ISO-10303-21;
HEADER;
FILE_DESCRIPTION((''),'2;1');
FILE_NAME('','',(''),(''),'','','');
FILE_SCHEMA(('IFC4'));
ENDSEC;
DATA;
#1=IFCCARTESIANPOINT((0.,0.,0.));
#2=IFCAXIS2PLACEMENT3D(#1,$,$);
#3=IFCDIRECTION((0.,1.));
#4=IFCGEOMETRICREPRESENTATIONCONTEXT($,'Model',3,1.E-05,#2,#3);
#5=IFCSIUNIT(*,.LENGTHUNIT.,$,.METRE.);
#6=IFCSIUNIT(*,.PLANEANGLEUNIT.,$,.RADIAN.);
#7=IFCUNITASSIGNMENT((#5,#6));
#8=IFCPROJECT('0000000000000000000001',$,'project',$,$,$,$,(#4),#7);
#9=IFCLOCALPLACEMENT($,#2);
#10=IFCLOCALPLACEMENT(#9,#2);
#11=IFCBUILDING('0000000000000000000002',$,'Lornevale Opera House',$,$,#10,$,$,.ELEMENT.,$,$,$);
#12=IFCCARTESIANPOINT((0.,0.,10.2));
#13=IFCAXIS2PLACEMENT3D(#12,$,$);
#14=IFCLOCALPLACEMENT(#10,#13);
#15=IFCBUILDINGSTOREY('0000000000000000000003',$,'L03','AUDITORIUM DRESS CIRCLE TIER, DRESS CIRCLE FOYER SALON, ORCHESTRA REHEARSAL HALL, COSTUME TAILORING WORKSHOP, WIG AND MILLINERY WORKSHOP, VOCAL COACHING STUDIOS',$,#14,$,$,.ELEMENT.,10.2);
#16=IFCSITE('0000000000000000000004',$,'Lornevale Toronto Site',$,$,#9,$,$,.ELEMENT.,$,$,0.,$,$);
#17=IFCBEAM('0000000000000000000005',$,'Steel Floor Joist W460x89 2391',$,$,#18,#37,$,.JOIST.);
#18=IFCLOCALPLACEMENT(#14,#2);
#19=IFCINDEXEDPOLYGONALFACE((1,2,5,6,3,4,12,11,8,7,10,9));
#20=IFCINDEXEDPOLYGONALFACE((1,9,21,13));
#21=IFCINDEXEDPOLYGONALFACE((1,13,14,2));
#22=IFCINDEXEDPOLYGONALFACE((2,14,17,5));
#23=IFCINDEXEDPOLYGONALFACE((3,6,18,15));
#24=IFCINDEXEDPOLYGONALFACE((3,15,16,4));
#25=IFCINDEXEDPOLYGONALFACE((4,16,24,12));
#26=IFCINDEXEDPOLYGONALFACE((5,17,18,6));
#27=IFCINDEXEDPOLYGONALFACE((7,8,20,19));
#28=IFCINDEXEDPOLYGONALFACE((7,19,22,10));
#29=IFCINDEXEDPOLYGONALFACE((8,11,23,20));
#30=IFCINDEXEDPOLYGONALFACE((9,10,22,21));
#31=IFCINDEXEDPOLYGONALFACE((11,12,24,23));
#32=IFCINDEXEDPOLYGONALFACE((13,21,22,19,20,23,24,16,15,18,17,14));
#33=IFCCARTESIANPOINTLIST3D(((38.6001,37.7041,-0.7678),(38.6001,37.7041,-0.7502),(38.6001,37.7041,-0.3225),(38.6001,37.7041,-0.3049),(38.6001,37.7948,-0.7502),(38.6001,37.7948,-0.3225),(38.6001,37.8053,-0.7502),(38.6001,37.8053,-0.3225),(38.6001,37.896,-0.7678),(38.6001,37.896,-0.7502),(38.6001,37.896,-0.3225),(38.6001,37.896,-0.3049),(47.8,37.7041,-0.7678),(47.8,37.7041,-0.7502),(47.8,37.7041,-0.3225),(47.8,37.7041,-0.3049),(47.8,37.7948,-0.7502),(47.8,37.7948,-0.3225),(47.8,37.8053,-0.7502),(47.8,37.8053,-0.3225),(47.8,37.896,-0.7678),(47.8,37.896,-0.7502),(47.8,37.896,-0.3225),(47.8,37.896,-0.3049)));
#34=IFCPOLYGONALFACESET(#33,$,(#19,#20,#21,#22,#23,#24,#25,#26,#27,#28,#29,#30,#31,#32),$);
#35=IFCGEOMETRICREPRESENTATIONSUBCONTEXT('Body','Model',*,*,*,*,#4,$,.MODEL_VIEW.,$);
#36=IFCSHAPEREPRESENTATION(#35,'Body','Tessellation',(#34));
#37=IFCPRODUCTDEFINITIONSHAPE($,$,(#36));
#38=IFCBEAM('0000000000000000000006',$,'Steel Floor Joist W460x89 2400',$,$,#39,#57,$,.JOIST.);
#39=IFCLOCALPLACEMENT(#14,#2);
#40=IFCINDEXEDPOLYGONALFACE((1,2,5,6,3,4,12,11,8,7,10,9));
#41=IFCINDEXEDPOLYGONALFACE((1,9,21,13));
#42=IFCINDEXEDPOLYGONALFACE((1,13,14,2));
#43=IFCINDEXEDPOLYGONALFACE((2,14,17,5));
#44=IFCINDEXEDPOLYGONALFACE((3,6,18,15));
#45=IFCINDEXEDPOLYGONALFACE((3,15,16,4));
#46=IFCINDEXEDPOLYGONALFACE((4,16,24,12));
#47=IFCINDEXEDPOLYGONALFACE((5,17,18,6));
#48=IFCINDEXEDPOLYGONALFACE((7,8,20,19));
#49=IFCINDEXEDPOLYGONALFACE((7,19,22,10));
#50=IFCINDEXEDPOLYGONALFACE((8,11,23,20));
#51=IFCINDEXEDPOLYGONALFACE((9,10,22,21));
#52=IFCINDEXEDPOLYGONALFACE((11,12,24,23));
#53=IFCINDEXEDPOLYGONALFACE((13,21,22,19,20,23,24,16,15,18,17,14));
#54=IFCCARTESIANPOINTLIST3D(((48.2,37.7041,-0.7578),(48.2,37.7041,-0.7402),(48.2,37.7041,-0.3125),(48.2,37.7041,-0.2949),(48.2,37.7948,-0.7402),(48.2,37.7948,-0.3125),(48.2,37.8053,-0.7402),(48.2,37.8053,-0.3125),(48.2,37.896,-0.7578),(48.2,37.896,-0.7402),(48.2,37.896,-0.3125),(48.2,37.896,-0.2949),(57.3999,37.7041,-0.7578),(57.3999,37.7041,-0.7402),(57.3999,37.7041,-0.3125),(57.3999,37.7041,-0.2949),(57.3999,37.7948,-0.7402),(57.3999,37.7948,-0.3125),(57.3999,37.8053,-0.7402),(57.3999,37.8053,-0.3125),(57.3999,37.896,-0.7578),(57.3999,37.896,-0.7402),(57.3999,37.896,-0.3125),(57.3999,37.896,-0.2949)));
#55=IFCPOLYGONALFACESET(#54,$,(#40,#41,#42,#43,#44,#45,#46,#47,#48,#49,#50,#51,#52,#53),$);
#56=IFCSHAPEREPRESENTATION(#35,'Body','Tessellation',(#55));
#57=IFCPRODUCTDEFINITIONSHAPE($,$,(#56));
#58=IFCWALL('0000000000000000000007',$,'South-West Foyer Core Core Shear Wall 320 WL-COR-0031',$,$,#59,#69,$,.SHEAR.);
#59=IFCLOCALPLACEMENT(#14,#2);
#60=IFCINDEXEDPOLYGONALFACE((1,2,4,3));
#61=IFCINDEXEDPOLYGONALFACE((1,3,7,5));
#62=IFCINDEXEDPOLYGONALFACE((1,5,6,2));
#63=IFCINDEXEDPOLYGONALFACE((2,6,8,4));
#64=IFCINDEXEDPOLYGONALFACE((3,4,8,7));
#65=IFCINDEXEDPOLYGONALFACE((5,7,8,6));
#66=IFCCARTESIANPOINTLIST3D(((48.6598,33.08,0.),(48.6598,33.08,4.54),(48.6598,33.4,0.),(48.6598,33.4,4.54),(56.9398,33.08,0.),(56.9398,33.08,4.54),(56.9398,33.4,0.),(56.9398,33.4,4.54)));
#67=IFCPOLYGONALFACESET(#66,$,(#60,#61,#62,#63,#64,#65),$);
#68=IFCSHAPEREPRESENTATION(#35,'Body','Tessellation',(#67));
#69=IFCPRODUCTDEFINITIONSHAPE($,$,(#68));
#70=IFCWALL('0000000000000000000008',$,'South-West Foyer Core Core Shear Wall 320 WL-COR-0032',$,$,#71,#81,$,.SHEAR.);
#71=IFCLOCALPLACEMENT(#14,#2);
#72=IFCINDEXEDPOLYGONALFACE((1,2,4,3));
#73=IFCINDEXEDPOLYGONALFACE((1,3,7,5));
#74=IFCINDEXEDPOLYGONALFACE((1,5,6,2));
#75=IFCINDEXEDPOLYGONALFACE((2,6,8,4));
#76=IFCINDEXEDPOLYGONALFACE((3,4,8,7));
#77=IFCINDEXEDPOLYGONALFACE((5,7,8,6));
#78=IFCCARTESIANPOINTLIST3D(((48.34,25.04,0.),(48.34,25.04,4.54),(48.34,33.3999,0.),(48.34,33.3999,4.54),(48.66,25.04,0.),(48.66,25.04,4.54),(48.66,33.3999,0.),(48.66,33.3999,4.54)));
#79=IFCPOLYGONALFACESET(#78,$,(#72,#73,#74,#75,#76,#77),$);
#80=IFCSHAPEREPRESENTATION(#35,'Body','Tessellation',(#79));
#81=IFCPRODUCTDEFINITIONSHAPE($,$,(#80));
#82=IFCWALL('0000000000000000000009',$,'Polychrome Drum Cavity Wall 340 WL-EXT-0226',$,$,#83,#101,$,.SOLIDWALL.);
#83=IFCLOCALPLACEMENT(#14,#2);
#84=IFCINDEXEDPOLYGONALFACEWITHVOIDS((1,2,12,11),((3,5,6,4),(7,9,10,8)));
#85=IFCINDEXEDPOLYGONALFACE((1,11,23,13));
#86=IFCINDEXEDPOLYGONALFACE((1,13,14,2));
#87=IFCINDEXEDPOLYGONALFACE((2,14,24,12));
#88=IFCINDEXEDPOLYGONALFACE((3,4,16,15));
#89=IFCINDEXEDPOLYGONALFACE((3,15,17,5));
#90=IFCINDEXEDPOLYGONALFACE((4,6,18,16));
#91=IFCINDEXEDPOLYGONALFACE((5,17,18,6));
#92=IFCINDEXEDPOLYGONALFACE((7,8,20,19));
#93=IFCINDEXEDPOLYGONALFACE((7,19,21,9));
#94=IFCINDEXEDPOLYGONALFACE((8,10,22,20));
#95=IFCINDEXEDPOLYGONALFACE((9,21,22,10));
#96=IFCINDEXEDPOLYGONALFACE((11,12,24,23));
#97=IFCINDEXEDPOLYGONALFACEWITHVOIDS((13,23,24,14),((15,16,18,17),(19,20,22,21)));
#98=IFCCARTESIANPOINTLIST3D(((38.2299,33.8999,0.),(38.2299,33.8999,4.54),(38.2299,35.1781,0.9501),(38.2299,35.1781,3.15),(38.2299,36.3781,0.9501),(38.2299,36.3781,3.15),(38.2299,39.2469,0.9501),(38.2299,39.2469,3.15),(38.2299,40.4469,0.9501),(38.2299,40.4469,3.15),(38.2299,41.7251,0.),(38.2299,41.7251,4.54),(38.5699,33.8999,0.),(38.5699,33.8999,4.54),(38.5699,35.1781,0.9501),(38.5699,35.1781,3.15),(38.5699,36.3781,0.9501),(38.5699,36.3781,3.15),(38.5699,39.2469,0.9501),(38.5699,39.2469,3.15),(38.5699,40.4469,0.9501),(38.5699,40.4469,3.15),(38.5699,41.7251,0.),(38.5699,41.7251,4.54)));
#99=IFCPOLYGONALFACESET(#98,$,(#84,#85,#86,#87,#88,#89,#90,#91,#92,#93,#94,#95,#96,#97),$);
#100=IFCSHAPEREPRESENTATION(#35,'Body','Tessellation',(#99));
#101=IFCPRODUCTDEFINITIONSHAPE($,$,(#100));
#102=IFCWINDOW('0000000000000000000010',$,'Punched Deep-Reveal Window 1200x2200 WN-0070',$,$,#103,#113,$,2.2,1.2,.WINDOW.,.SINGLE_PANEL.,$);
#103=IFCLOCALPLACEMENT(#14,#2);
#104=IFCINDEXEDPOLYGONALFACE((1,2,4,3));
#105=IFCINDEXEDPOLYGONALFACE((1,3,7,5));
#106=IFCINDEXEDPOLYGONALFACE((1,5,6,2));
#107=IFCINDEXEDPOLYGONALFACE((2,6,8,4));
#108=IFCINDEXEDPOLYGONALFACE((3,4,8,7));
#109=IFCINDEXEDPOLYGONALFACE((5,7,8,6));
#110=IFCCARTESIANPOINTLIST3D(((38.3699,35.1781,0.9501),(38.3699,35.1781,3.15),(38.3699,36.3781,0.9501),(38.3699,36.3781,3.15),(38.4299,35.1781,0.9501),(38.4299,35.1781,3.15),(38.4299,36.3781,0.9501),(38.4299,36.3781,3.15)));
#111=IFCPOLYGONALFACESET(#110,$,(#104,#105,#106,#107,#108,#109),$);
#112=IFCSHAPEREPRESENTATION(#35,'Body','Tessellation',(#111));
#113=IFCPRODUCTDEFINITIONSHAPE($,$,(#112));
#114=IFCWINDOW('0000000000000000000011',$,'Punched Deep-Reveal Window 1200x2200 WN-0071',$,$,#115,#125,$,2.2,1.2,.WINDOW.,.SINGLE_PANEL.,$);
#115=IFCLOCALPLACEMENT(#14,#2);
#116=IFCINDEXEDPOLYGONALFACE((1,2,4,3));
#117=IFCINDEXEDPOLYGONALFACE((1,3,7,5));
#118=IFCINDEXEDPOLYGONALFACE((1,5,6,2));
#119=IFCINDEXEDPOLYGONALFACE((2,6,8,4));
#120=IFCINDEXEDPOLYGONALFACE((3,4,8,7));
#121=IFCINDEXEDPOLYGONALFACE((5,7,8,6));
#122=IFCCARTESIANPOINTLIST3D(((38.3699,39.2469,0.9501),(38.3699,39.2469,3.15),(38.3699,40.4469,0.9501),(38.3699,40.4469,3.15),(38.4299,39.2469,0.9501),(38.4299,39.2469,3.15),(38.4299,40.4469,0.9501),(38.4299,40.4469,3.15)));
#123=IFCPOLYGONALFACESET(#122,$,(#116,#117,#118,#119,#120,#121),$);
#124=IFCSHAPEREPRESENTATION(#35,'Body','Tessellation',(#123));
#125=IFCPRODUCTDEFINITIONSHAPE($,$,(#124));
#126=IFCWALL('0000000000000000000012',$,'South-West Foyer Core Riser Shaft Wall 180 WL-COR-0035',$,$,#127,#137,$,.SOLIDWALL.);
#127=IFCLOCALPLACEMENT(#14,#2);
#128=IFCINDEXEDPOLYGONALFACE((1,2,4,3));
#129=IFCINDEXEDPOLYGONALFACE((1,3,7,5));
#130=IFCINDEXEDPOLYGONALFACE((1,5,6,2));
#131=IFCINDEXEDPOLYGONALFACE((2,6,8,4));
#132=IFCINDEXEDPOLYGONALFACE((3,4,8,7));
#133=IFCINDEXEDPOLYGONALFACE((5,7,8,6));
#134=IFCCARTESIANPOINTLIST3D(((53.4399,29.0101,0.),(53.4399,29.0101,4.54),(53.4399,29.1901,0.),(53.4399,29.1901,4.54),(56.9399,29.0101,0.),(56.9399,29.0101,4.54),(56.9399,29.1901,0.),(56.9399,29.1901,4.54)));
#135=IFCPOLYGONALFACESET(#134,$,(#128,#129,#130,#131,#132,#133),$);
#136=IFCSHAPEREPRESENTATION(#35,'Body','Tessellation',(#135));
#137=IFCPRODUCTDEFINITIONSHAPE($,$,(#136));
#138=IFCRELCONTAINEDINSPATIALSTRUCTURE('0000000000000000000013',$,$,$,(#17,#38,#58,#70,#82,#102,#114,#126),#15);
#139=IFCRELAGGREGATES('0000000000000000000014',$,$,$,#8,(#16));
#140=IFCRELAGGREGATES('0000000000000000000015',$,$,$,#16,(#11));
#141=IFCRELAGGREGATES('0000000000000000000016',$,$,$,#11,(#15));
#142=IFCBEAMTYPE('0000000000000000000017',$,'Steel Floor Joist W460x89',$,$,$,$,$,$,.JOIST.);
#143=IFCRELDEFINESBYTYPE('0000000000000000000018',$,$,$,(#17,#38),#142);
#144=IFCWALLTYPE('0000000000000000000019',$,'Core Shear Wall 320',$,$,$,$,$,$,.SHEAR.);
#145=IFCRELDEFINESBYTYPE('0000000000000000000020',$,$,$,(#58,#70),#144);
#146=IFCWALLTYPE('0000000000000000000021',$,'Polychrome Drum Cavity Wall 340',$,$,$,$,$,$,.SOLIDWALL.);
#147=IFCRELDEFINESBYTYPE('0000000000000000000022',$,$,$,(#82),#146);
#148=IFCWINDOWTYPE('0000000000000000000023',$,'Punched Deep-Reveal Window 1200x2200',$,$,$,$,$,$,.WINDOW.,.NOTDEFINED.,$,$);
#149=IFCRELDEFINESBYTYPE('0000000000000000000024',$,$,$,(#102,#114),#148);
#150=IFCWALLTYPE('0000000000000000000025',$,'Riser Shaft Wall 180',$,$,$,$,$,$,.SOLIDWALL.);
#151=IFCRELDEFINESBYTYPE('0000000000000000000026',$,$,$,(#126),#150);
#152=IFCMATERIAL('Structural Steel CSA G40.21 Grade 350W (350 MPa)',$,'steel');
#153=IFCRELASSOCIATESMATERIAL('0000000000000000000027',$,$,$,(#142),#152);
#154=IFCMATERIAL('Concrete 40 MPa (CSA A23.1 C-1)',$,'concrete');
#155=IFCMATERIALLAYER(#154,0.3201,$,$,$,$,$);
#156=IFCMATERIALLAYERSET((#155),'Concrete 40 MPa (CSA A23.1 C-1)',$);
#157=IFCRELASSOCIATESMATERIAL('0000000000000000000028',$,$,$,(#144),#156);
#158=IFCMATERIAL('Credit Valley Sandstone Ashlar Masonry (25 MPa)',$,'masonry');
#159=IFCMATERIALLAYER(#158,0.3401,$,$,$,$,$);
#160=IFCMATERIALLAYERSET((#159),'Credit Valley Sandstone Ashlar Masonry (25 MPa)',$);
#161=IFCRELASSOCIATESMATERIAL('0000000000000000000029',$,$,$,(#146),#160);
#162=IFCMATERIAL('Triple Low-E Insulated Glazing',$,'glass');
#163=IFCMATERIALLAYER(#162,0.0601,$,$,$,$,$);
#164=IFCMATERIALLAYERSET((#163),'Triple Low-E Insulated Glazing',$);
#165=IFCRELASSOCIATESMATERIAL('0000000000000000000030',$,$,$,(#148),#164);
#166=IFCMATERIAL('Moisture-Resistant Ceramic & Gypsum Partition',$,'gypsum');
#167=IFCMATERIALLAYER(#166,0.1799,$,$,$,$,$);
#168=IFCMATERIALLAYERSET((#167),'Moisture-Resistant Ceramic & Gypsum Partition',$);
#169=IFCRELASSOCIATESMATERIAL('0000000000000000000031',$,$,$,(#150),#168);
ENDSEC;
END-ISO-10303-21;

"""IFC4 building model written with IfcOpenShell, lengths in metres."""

from ifc_helpers import new_model, si_unit, direction, frame, frame_2d, origin, origin_2d, place, context, subcontext, project, spatial, rectangle, i_section, extrude, material, layer, layer_set, material_profile, profile_set, type_object, element, fill, save


model = new_model("IFC4")

# Units and contexts
model_context = context("Model", 3, precision=1e-05, world=origin(), true_north=direction((0.0, 1.0)))
body_context = subcontext(model_context, "Body", "Model", "MODEL_VIEW")
ifc_project = project(units=[si_unit("LENGTHUNIT", "METRE"), si_unit("PLANEANGLEUNIT", "RADIAN")], contexts=[model_context])

# Site, building, storey
site_placement = place(None, origin())
site = spatial("IfcSite", under=ifc_project, at=site_placement, Name="Lornevale Toronto Site", CompositionType="ELEMENT", RefElevation=0.0)
building_placement = place(site_placement, origin())
building = spatial("IfcBuilding", under=site, at=building_placement, Name="Lornevale Opera House", CompositionType="ELEMENT")
storey_placement = place(building_placement, frame((0.0, 0.0, 10.2)))
storey = spatial("IfcBuildingStorey", under=building, at=storey_placement, Name="L03", Description="AUDITORIUM DRESS CIRCLE TIER, DRESS CIRCLE FOYER SALON, ORCHESTRA REHEARSAL HALL, COSTUME TAILORING WORKSHOP, WIG AND MILLINERY WORKSHOP, VOCAL COACHING STUDIOS", CompositionType="ELEMENT", Elevation=10.2)

# Beams
ifc_material_1 = material(Name="Structural Steel CSA G40.21 Grade 350W (350 MPa)", Category="steel")
ifc_material_profile_1 = material_profile(ifc_material_1, i_section(OverallWidth=0.1919, OverallDepth=0.4629, WebThickness=0.0105, FlangeThickness=0.0176, at=origin_2d()), Name="W460x89")
ifc_profile_set_1 = profile_set([ifc_material_profile_1], Name="Structural Steel CSA G40.21 Grade 350W (350 MPa)")
beam_type_1 = type_object("IfcBeamType", Name="Steel Floor Joist W460x89", PredefinedType="JOIST", material=ifc_profile_set_1)
for number, where, z_axis, x_axis, name in (
    (1, (38.6001, 37.8, -0.5364), (1.0, 0.0, 0.0), (0.0, 1.0, 0.0), "Steel Floor Joist W460x89 2391"),
    (2, (48.2, 37.8, -0.5264), (1.0, 0.0, 0.0), (0.0, 1.0, 0.0), "Steel Floor Joist W460x89 2400"),
):
    element("IfcBeam", number, at=place(storey_placement, frame(where, z_axis=z_axis, x_axis=x_axis)), inside=storey, type_object=beam_type_1, Name=name, PredefinedType="JOIST", context=body_context, shape_type="SweptSolid", body=[
        extrude(i_section(OverallWidth=0.1919, OverallDepth=0.4629, WebThickness=0.0105, FlangeThickness=0.0176, at=origin_2d()), origin(), (0.0, 0.0, 1.0), 9.2),
    ])

# Walls
ifc_material_2 = material(Name="Concrete 40 MPa (CSA A23.1 C-1)", Category="concrete")
ifc_layer_1 = layer(ifc_material_2, 0.3201)
ifc_layer_set_1 = layer_set([ifc_layer_1], Name="Concrete 40 MPa (CSA A23.1 C-1)")
wall_type_1 = type_object("IfcWallType", Name="Core Shear Wall 320", PredefinedType="SHEAR", material=ifc_layer_set_1)
wall_1_placement = place(storey_placement, frame((56.9399, 33.24, 0.0), z_axis=(0.0, 0.0, 1.0), x_axis=(-1.0, 0.0, 0.0)))
element("IfcWall", 3, at=wall_1_placement, inside=storey, type_object=wall_type_1, Name="South-West Foyer Core Core Shear Wall 320 WL-COR-0031", PredefinedType="SHEAR", context=body_context, shape_type="SweptSolid", body=[
    extrude(rectangle(XDim=8.28, YDim=0.3201, at=frame_2d((4.1401, 0.0))), origin(), (0.0, 0.0, 1.0), 4.54),
])
wall_2_placement = place(storey_placement, frame((48.5, 33.3999, 0.0), z_axis=(0.0, 0.0, 1.0), x_axis=(0.0, -1.0, 0.0)))
element("IfcWall", 4, at=wall_2_placement, inside=storey, type_object=wall_type_1, Name="South-West Foyer Core Core Shear Wall 320 WL-COR-0032", PredefinedType="SHEAR", context=body_context, shape_type="SweptSolid", body=[
    extrude(rectangle(XDim=8.3599, YDim=0.3201, at=frame_2d((4.1799, 0.0))), origin(), (0.0, 0.0, 1.0), 4.54),
])

# Wall, openings, windows
ifc_material_3 = material(Name="Credit Valley Sandstone Ashlar Masonry (25 MPa)", Category="masonry")
ifc_layer_2 = layer(ifc_material_3, 0.3401)
ifc_layer_set_2 = layer_set([ifc_layer_2], Name="Credit Valley Sandstone Ashlar Masonry (25 MPa)")
wall_type_2 = type_object("IfcWallType", Name="Polychrome Drum Cavity Wall 340", PredefinedType="SOLIDWALL", material=ifc_layer_set_2)
wall_3_placement = place(storey_placement, frame((38.3999, 33.8999, 0.0), z_axis=(0.0, 0.0, 1.0), x_axis=(0.0, 1.0, 0.0)))
wall_3 = element("IfcWall", 5, at=wall_3_placement, inside=storey, type_object=wall_type_2, Name="Polychrome Drum Cavity Wall 340 WL-EXT-0226", PredefinedType="SOLIDWALL", context=body_context, shape_type="SweptSolid", body=[
    extrude(rectangle(XDim=7.8252, YDim=0.3401, at=frame_2d((3.9126, 0.0))), origin(), (0.0, 0.0, 1.0), 4.54),
])
opening_1_placement = place(wall_3_placement, frame((1.2781, 0.0, 0.95)))
opening_1 = element("IfcOpeningElement", 6, at=opening_1_placement, cuts=wall_3, PredefinedType="OPENING", context=body_context, shape_type="SweptSolid", body=[
    extrude(rectangle(XDim=1.2, YDim=2.2, at=frame_2d((0.6001, 1.1001))), frame((0.0, 0.1799, 0.0), z_axis=(0.0, -1.0, 0.0), x_axis=(1.0, 0.0, 0.0)), (0.0, 0.0, 1.0), 0.3601),
])
opening_2_placement = place(wall_3_placement, frame((5.3469, 0.0, 0.95)))
opening_2 = element("IfcOpeningElement", 7, at=opening_2_placement, cuts=wall_3, PredefinedType="OPENING", context=body_context, shape_type="SweptSolid", body=[
    extrude(rectangle(XDim=1.2, YDim=2.2, at=frame_2d((0.6001, 1.1001))), frame((0.0, 0.1799, 0.0), z_axis=(0.0, -1.0, 0.0), x_axis=(1.0, 0.0, 0.0)), (0.0, 0.0, 1.0), 0.3601),
])
ifc_material_4 = material(Name="Triple Low-E Insulated Glazing", Category="glass")
ifc_layer_3 = layer(ifc_material_4, 0.0601)
ifc_layer_set_3 = layer_set([ifc_layer_3], Name="Triple Low-E Insulated Glazing")
window_type = type_object("IfcWindowType", Name="Punched Deep-Reveal Window 1200x2200", PartitioningType="NOTDEFINED", PredefinedType="WINDOW", material=ifc_layer_set_3)
window_1_placement = place(opening_1_placement, origin())
window_1 = element("IfcWindow", 8, at=window_1_placement, inside=storey, type_object=window_type, Name="Punched Deep-Reveal Window 1200x2200 WN-0070", OverallHeight=2.2, OverallWidth=1.2, PartitioningType="SINGLE_PANEL", PredefinedType="WINDOW", context=body_context, shape_type="SweptSolid", body=[
    extrude(rectangle(XDim=1.2, YDim=2.2, at=frame_2d((0.6001, 1.1001))), frame((0.0, 0.03, 0.0), z_axis=(0.0, -1.0, 0.0), x_axis=(1.0, 0.0, 0.0)), (0.0, 0.0, 1.0), 0.0601),
])
fill(opening_1, window_1)
window_2_placement = place(opening_2_placement, origin())
window_2 = element("IfcWindow", 9, at=window_2_placement, inside=storey, type_object=window_type, Name="Punched Deep-Reveal Window 1200x2200 WN-0071", OverallHeight=2.2, OverallWidth=1.2, PartitioningType="SINGLE_PANEL", PredefinedType="WINDOW", context=body_context, shape_type="SweptSolid", body=[
    extrude(rectangle(XDim=1.2, YDim=2.2, at=frame_2d((0.6001, 1.1001))), frame((0.0, 0.03, 0.0), z_axis=(0.0, -1.0, 0.0), x_axis=(1.0, 0.0, 0.0)), (0.0, 0.0, 1.0), 0.0601),
])
fill(opening_2, window_2)

# Wall
ifc_material_5 = material(Name="Moisture-Resistant Ceramic & Gypsum Partition", Category="gypsum")
ifc_layer_4 = layer(ifc_material_5, 0.1799)
ifc_layer_set_4 = layer_set([ifc_layer_4], Name="Moisture-Resistant Ceramic & Gypsum Partition")
wall_type_3 = type_object("IfcWallType", Name="Riser Shaft Wall 180", PredefinedType="SOLIDWALL", material=ifc_layer_set_4)
wall_4_placement = place(storey_placement, frame((53.4399, 29.1001, 0.0), z_axis=(0.0, 0.0, 1.0), x_axis=(1.0, 0.0, 0.0)))
element("IfcWall", 10, at=wall_4_placement, inside=storey, type_object=wall_type_3, Name="South-West Foyer Core Riser Shaft Wall 180 WL-COR-0035", PredefinedType="SOLIDWALL", context=body_context, shape_type="SweptSolid", body=[
    extrude(rectangle(XDim=3.5, YDim=0.1799, at=frame_2d((1.75, 0.0))), origin(), (0.0, 0.0, 1.0), 4.54),
])

save(model, "model.ifc")
